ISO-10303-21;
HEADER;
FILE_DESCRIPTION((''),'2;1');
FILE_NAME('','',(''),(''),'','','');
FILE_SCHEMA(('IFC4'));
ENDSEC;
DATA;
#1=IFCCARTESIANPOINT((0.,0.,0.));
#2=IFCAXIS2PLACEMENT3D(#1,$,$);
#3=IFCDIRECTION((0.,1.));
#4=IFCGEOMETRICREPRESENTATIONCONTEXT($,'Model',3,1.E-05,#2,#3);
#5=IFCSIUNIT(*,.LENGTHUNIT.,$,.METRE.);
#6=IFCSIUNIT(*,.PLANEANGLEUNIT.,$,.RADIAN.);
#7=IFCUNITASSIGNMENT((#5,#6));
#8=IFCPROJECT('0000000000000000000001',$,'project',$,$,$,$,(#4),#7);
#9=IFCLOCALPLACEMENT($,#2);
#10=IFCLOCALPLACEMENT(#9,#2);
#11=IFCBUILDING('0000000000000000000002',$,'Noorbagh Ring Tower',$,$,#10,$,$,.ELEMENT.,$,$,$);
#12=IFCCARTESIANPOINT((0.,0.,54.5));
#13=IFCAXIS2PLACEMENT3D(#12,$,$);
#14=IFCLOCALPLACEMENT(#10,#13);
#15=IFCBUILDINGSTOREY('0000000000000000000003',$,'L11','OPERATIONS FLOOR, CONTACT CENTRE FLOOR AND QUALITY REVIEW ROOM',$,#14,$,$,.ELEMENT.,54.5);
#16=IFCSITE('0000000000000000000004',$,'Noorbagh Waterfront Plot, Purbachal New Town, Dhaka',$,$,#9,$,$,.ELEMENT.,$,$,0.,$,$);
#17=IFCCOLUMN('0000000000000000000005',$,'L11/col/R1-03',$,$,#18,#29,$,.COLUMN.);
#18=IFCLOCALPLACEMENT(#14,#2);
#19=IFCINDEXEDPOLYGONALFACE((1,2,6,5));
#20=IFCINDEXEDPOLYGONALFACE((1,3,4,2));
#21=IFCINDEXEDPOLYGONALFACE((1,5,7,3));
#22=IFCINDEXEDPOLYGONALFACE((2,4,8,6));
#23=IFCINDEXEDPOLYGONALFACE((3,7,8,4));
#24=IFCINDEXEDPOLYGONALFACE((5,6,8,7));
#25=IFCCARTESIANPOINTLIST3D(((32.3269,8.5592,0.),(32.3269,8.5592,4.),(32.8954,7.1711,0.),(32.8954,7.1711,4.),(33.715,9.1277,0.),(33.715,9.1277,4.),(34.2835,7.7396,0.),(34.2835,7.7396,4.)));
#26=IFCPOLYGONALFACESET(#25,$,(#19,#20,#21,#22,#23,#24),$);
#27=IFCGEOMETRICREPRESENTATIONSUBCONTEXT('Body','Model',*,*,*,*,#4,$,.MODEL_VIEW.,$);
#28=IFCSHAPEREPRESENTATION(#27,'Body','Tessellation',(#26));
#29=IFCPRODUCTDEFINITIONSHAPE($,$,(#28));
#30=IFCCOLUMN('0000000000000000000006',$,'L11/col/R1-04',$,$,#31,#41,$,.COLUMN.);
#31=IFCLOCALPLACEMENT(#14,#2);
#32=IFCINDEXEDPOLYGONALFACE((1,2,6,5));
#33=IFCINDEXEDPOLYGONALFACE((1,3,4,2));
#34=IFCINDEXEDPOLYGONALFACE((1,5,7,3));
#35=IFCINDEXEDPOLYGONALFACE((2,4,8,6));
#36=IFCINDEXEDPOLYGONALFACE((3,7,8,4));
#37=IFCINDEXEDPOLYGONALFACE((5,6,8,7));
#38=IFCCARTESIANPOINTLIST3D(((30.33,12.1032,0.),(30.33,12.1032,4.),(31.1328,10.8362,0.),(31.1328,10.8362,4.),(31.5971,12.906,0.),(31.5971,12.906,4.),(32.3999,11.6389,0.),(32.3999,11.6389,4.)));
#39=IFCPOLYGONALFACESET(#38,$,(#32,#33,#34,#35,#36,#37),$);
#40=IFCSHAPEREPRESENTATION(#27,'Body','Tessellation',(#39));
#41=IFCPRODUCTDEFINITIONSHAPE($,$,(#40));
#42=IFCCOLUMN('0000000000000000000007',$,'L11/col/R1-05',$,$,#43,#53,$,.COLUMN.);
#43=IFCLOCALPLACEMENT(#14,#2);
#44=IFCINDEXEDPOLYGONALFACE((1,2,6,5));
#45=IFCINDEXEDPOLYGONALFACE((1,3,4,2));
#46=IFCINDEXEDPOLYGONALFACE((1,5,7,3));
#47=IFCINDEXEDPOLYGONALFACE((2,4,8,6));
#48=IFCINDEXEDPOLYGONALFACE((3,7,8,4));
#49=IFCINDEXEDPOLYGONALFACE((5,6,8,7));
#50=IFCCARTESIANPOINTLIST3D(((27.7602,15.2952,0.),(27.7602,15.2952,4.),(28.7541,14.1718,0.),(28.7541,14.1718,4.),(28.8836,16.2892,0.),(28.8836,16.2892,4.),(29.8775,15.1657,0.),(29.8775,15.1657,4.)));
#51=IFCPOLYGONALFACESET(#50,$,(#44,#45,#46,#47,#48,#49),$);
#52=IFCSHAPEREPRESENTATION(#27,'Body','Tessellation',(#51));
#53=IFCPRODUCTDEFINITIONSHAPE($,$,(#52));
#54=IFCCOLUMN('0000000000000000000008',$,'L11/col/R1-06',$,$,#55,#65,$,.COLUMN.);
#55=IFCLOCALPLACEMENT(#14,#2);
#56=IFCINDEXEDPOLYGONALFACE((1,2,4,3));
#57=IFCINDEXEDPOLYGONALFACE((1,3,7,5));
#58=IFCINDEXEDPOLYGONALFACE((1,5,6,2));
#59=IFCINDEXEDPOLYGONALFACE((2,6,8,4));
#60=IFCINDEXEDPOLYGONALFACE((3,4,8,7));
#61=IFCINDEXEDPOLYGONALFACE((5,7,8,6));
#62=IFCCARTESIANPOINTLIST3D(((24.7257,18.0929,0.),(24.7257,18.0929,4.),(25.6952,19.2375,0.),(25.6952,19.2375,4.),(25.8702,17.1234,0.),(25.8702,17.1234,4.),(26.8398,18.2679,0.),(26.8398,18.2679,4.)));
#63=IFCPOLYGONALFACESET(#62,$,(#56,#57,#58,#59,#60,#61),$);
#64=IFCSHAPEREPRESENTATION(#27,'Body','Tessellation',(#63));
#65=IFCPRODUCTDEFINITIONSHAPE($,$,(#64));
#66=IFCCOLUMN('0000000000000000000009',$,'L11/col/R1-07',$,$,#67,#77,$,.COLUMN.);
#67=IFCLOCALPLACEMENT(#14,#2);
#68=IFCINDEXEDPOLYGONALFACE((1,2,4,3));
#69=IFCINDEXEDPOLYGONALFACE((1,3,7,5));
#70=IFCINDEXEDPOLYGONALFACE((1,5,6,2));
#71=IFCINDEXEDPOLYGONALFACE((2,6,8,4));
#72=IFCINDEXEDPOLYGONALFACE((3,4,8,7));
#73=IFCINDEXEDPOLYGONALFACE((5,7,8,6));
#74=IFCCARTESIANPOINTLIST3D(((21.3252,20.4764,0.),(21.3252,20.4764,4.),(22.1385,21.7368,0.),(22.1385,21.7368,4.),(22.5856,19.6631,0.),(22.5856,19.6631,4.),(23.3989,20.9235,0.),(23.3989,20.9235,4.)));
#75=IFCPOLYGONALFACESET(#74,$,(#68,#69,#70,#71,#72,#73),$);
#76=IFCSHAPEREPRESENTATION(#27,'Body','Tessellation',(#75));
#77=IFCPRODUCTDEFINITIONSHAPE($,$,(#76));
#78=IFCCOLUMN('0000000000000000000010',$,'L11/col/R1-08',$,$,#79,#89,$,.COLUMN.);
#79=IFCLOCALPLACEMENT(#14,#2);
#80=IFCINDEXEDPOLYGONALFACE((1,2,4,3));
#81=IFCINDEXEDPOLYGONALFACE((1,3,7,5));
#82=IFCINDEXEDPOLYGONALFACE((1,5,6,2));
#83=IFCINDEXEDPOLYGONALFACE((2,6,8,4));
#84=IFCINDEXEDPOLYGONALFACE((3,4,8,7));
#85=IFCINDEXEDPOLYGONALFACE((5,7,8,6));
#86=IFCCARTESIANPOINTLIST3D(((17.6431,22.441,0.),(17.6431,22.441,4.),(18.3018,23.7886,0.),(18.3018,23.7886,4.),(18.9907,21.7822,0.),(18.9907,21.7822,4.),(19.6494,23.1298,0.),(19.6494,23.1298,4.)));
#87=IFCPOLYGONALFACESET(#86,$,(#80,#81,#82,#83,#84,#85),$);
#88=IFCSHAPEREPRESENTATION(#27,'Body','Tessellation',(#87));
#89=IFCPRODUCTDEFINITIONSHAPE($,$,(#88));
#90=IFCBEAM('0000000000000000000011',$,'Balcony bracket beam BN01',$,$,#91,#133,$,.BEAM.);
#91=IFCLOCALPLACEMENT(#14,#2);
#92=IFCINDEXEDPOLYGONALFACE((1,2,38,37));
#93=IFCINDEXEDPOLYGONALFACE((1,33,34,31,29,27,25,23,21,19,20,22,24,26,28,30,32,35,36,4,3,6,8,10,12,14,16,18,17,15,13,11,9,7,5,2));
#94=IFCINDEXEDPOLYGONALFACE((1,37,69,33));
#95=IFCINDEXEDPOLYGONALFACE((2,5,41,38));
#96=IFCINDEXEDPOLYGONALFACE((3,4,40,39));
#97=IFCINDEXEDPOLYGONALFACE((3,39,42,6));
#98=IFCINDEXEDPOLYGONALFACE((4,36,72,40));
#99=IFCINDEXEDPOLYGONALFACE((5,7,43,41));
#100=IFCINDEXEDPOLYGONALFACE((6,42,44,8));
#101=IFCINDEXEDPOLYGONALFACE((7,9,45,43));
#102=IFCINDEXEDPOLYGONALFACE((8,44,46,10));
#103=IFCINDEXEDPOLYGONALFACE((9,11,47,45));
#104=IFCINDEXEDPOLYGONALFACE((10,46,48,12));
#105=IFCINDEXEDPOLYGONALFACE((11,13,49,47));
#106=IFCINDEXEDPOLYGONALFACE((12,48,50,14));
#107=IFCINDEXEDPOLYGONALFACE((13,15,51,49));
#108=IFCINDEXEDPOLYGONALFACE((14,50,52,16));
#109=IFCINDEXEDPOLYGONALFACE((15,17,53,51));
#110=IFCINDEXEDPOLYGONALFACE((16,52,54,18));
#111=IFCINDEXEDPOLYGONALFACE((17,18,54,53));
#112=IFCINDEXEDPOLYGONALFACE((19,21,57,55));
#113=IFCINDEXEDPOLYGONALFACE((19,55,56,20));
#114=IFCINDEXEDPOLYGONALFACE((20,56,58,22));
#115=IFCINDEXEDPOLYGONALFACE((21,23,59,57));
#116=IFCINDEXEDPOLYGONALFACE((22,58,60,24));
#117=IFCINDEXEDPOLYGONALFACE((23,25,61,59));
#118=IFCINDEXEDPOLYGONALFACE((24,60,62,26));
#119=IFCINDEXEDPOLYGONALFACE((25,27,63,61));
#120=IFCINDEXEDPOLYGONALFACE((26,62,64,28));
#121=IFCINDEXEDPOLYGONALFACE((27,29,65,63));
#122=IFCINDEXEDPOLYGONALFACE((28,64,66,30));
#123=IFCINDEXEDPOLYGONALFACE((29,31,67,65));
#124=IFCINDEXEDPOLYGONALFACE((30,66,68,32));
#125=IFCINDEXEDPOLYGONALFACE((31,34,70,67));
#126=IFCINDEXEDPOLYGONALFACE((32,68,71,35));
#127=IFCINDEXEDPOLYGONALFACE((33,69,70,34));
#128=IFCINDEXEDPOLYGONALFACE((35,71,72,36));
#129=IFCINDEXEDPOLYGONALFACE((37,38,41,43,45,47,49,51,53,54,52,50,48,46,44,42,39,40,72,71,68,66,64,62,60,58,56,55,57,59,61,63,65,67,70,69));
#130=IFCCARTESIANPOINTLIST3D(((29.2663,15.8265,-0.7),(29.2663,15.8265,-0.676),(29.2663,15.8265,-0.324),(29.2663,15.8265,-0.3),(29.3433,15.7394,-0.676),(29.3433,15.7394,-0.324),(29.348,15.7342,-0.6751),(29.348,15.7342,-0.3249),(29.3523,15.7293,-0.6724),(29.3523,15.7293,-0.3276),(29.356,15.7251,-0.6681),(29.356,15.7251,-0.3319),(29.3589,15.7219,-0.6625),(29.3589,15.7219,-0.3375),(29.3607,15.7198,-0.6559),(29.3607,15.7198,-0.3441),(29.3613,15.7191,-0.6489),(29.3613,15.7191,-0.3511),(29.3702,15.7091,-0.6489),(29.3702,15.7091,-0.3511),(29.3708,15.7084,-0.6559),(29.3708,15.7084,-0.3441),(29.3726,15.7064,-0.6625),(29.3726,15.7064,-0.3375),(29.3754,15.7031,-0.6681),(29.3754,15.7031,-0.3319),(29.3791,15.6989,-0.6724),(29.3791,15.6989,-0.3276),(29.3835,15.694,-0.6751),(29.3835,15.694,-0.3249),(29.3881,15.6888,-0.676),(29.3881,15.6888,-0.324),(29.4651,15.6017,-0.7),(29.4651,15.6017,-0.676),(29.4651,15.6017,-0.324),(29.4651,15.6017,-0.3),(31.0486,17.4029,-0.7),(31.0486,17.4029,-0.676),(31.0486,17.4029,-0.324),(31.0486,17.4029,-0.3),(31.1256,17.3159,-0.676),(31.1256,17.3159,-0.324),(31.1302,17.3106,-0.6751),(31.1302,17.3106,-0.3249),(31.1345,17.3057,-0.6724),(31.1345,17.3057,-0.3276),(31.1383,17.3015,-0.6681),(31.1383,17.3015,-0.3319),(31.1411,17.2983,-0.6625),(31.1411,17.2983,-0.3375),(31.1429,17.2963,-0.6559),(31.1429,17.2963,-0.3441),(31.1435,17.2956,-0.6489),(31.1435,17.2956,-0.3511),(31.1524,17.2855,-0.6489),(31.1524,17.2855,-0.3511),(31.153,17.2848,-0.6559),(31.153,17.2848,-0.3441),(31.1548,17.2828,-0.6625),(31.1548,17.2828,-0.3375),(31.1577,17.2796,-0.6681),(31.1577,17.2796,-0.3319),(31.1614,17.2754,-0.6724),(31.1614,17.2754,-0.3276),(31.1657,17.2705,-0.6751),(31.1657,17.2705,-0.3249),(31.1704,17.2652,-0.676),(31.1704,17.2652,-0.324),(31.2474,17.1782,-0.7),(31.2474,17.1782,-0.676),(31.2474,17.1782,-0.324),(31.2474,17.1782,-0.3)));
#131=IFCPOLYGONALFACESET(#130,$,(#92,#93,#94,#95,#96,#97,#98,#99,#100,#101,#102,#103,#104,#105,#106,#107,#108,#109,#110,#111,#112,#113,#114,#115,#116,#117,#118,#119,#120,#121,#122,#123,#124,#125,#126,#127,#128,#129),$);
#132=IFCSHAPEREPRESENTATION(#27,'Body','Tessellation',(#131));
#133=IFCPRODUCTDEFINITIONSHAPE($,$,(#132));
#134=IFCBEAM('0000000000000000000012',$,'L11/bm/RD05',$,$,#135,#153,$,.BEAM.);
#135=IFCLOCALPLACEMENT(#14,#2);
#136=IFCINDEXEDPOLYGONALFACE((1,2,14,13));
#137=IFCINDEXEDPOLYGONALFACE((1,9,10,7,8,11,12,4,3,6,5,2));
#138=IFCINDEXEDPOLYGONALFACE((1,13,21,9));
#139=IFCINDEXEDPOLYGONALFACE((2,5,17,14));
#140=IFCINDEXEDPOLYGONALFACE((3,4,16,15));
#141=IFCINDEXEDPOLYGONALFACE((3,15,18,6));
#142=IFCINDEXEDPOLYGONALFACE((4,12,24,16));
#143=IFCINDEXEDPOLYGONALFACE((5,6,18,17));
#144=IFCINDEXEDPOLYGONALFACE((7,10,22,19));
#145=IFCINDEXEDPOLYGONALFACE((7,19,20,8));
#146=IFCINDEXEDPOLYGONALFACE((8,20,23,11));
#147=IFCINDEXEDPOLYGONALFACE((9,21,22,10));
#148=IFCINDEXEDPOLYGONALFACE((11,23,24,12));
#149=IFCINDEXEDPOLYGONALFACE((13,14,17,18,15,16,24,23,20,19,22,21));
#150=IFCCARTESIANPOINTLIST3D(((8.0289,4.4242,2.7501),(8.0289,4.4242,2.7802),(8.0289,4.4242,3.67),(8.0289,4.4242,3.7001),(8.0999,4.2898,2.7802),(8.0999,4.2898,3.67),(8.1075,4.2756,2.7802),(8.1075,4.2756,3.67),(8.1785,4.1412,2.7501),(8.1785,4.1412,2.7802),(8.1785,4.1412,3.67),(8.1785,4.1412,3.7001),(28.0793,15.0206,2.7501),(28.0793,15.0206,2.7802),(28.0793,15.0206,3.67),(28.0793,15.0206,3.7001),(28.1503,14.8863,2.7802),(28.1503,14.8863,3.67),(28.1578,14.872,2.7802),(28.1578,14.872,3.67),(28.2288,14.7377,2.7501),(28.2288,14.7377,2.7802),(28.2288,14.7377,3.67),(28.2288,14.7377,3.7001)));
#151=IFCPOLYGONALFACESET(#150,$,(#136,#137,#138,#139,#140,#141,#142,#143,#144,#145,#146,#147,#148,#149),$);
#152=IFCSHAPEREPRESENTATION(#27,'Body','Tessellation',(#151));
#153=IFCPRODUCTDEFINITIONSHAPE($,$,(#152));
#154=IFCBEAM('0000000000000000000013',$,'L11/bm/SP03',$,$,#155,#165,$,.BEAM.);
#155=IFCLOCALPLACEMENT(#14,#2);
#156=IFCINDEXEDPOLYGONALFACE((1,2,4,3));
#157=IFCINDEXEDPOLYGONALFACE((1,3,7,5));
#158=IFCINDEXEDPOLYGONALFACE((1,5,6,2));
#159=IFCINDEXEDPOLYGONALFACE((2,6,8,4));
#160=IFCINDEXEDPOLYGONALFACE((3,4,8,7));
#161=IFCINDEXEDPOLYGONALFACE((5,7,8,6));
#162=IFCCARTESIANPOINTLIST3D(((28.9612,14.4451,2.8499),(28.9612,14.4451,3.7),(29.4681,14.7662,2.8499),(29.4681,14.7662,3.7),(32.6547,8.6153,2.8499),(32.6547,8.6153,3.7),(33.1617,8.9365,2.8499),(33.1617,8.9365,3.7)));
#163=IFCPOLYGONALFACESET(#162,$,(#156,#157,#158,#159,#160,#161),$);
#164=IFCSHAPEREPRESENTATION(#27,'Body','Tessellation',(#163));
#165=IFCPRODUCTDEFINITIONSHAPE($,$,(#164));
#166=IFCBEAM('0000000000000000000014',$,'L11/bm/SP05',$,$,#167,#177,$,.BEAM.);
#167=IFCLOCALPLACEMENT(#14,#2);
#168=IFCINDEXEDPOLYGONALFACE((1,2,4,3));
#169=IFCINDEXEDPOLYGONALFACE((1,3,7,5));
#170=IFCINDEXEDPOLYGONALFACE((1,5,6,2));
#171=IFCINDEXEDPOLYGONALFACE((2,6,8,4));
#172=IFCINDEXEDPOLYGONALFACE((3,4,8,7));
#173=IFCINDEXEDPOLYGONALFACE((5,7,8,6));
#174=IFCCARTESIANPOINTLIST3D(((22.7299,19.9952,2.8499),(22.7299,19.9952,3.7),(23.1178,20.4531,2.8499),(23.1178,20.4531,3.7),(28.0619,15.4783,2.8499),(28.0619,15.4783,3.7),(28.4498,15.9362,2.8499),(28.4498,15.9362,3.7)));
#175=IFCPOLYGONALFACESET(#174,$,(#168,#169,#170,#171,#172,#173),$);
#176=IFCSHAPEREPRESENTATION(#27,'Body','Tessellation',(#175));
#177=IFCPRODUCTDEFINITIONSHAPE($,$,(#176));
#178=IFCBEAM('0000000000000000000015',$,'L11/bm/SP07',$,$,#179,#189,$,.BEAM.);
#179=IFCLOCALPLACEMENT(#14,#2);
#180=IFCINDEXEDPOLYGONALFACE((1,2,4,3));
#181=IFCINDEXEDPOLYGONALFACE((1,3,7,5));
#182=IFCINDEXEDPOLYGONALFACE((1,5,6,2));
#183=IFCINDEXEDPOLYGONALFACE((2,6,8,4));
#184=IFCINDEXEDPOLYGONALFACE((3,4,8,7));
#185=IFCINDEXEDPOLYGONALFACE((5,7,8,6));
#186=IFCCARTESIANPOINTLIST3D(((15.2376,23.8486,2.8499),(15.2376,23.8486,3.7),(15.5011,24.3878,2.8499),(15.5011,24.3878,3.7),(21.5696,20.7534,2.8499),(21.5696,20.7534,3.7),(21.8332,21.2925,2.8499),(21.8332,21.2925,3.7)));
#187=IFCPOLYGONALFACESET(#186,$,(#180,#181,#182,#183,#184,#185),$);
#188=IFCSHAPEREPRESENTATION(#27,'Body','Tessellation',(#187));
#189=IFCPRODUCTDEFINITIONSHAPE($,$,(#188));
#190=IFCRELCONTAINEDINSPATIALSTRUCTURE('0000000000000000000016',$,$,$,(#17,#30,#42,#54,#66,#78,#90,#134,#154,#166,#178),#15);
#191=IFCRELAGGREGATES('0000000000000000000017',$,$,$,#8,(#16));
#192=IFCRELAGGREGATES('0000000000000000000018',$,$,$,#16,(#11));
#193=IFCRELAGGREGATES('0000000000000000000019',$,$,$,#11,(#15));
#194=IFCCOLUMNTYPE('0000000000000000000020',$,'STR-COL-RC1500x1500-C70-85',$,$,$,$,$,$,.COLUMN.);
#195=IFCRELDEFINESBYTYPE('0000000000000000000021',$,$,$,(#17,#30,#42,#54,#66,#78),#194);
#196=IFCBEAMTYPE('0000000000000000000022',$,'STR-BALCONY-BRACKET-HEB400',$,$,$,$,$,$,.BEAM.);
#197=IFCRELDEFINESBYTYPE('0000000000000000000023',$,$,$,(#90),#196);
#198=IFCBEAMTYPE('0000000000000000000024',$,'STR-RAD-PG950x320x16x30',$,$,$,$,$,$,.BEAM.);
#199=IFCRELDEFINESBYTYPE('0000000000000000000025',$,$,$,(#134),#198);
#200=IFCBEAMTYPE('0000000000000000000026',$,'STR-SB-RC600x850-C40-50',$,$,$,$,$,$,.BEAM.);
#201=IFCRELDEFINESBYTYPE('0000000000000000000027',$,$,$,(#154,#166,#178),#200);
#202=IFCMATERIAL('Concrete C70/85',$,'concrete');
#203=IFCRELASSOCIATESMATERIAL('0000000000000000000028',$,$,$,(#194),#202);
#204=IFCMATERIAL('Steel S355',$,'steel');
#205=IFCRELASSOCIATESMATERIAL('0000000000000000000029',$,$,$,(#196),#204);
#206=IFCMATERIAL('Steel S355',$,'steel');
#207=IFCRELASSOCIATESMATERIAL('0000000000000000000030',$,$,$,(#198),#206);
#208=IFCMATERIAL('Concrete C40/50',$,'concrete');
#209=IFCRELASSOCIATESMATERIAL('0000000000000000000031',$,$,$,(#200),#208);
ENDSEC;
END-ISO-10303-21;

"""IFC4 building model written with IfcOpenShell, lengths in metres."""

from ifc_helpers import new_model, si_unit, direction, frame, origin, origin_2d, place, context, subcontext, project, spatial, rectangle, i_section, extrude, material, material_profile, profile_set, type_object, element, save


model = new_model("IFC4")

# Units and contexts
model_context = context("Model", 3, precision=1e-05, world=origin(), true_north=direction((0.0, 1.0)))
body_context = subcontext(model_context, "Body", "Model", "MODEL_VIEW")
ifc_project = project(units=[si_unit("LENGTHUNIT", "METRE"), si_unit("PLANEANGLEUNIT", "RADIAN")], contexts=[model_context])

# Site, building, storey
site_placement = place(None, origin())
site = spatial("IfcSite", under=ifc_project, at=site_placement, Name="Noorbagh Waterfront Plot, Purbachal New Town, Dhaka", CompositionType="ELEMENT", RefElevation=0.0)
building_placement = place(site_placement, origin())
building = spatial("IfcBuilding", under=site, at=building_placement, Name="Noorbagh Ring Tower", CompositionType="ELEMENT")
storey_placement = place(building_placement, frame((0.0, 0.0, 54.5)))
storey = spatial("IfcBuildingStorey", under=building, at=storey_placement, Name="L11", Description="OPERATIONS FLOOR, CONTACT CENTRE FLOOR AND QUALITY REVIEW ROOM", CompositionType="ELEMENT", Elevation=54.5)

# Columns
ifc_material_1 = material(Name="Concrete C70/85", Category="concrete")
ifc_material_profile_1 = material_profile(ifc_material_1, rectangle(XDim=1.5, YDim=1.5, at=origin_2d()), Name="RC1500x1500")
ifc_profile_set_1 = profile_set([ifc_material_profile_1], Name="Concrete C70/85")
column_type = type_object("IfcColumnType", Name="STR-COL-RC1500x1500-C70-85", PredefinedType="COLUMN", material=ifc_profile_set_1)
for number, where, z_axis, x_axis, name in (
    (1, (33.3052, 8.1494, 0.0), (0.0, 0.0, 1.0), (-0.378989, 0.925401, 0.0), "L11/col/R1-03"),
    (2, (31.365, 11.8711, 0.0), (0.0, 0.0, 1.0), (-0.53519, 0.844731, 0.0), "L11/col/R1-04"),
    (3, (28.8188, 15.2305, 0.0), (0.0, 0.0, 1.0), (-0.662636, 0.748942, 0.0), "L11/col/R1-05"),
    (4, (25.7827, 18.1804, 0.0), (0.0, 0.0, 1.0), (-0.763035, 0.646357, 0.0), "L11/col/R1-06"),
    (5, (22.3621, 20.7, 0.0), (0.0, 0.0, 1.0), (-0.840248, 0.542203, 0.0), "L11/col/R1-07"),
    (6, (18.6462, 22.7854, 0.0), (0.0, 0.0, 1.0), (-0.898399, 0.43918, 0.0), "L11/col/R1-08"),
):
    element("IfcColumn", number, at=place(storey_placement, frame(where, z_axis=z_axis, x_axis=x_axis)), inside=storey, type_object=column_type, Name=name, PredefinedType="COLUMN", context=body_context, shape_type="SweptSolid", body=[
        extrude(rectangle(XDim=1.5, YDim=1.5, at=origin_2d()), origin(), (0.0, 0.0, 1.0), 4.0),
    ])

# Beams
ifc_material_2 = material(Name="Steel S355", Category="steel")
ifc_material_profile_2 = material_profile(ifc_material_2, i_section(OverallWidth=0.3, OverallDepth=0.3999, WebThickness=0.0134, FlangeThickness=0.0239, FilletRadius=0.0271, at=origin_2d()), Name="HEB400")
ifc_profile_set_2 = profile_set([ifc_material_profile_2], Name="Steel S355")
beam_type_1 = type_object("IfcBeamType", Name="STR-BALCONY-BRACKET-HEB400", PredefinedType="BEAM", material=ifc_profile_set_2)
beam_1_placement = place(storey_placement, frame((29.3657, 15.7141, -0.5), z_axis=(0.749032, 0.662534, 0.0), x_axis=(-0.662534, 0.749032, 0.0)))
element("IfcBeam", 7, at=beam_1_placement, inside=storey, type_object=beam_type_1, Name="Balcony bracket beam BN01", PredefinedType="BEAM", context=body_context, shape_type="SweptSolid", body=[
    extrude(i_section(OverallWidth=0.3, OverallDepth=0.3999, WebThickness=0.0134, FlangeThickness=0.0239, FilletRadius=0.0271, at=origin_2d()), origin(), (0.0, 0.0, 1.0), 2.3794),
])
ifc_material_3 = material(Name="Steel S355", Category="steel")
ifc_material_profile_3 = material_profile(ifc_material_3, i_section(OverallWidth=0.3201, OverallDepth=0.95, WebThickness=0.0161, FlangeThickness=0.03, at=origin_2d()), Name="PG950x320x16x30")
ifc_profile_set_3 = profile_set([ifc_material_profile_3], Name="Steel S355")
beam_type_2 = type_object("IfcBeamType", Name="STR-RAD-PG950x320x16x30", PredefinedType="BEAM", material=ifc_profile_set_3)
beam_2_placement = place(storey_placement, frame((28.1541, 14.8792, 3.2251), z_axis=(-0.884124, -0.467253, 0.0), x_axis=(0.467253, -0.884124, 0.0)))
element("IfcBeam", 8, at=beam_2_placement, inside=storey, type_object=beam_type_2, Name="L11/bm/RD05", PredefinedType="BEAM", context=body_context, shape_type="SweptSolid", body=[
    extrude(i_section(OverallWidth=0.3201, OverallDepth=0.95, WebThickness=0.0161, FlangeThickness=0.03, at=origin_2d()), origin(), (0.0, 0.0, 1.0), 22.6782),
])
ifc_material_4 = material(Name="Concrete C40/50", Category="concrete")
ifc_material_profile_4 = material_profile(ifc_material_4, rectangle(XDim=0.6001, YDim=0.8501, at=origin_2d()), Name="RC600x850")
ifc_profile_set_4 = profile_set([ifc_material_profile_4], Name="Concrete C40/50")
beam_type_3 = type_object("IfcBeamType", Name="STR-SB-RC600x850-C40-50", PredefinedType="BEAM", material=ifc_profile_set_4)
beam_3_placement = place(storey_placement, frame((32.9082, 8.7759, 3.2749), z_axis=(-0.535194, 0.844729, 0.0), x_axis=(-0.844729, -0.535194, 0.0)))
element("IfcBeam", 9, at=beam_3_placement, inside=storey, type_object=beam_type_3, Name="L11/bm/SP03", PredefinedType="BEAM", context=body_context, shape_type="SweptSolid", body=[
    extrude(rectangle(XDim=0.6001, YDim=0.8501, at=origin_2d()), origin(), (0.0, 0.0, 1.0), 6.9014),
])
beam_4_placement = place(storey_placement, frame((28.2559, 15.7073, 3.2749), z_axis=(-0.763024, 0.64637, 0.0), x_axis=(-0.64637, -0.763024, 0.0)))
element("IfcBeam", 10, at=beam_4_placement, inside=storey, type_object=beam_type_3, Name="L11/bm/SP05", PredefinedType="BEAM", context=body_context, shape_type="SweptSolid", body=[
    extrude(rectangle(XDim=0.6001, YDim=0.8501, at=origin_2d()), origin(), (0.0, 0.0, 1.0), 6.988),
])
beam_5_placement = place(storey_placement, frame((21.7014, 21.0229, 3.2749), z_axis=(-0.898409, 0.439159, 0.0), x_axis=(-0.439159, -0.898409, 0.0)))
element("IfcBeam", 11, at=beam_5_placement, inside=storey, type_object=beam_type_3, Name="L11/bm/SP07", PredefinedType="BEAM", context=body_context, shape_type="SweptSolid", body=[
    extrude(rectangle(XDim=0.6001, YDim=0.8501, at=origin_2d()), origin(), (0.0, 0.0, 1.0), 7.0481),
])

save(model, "model.ifc")
